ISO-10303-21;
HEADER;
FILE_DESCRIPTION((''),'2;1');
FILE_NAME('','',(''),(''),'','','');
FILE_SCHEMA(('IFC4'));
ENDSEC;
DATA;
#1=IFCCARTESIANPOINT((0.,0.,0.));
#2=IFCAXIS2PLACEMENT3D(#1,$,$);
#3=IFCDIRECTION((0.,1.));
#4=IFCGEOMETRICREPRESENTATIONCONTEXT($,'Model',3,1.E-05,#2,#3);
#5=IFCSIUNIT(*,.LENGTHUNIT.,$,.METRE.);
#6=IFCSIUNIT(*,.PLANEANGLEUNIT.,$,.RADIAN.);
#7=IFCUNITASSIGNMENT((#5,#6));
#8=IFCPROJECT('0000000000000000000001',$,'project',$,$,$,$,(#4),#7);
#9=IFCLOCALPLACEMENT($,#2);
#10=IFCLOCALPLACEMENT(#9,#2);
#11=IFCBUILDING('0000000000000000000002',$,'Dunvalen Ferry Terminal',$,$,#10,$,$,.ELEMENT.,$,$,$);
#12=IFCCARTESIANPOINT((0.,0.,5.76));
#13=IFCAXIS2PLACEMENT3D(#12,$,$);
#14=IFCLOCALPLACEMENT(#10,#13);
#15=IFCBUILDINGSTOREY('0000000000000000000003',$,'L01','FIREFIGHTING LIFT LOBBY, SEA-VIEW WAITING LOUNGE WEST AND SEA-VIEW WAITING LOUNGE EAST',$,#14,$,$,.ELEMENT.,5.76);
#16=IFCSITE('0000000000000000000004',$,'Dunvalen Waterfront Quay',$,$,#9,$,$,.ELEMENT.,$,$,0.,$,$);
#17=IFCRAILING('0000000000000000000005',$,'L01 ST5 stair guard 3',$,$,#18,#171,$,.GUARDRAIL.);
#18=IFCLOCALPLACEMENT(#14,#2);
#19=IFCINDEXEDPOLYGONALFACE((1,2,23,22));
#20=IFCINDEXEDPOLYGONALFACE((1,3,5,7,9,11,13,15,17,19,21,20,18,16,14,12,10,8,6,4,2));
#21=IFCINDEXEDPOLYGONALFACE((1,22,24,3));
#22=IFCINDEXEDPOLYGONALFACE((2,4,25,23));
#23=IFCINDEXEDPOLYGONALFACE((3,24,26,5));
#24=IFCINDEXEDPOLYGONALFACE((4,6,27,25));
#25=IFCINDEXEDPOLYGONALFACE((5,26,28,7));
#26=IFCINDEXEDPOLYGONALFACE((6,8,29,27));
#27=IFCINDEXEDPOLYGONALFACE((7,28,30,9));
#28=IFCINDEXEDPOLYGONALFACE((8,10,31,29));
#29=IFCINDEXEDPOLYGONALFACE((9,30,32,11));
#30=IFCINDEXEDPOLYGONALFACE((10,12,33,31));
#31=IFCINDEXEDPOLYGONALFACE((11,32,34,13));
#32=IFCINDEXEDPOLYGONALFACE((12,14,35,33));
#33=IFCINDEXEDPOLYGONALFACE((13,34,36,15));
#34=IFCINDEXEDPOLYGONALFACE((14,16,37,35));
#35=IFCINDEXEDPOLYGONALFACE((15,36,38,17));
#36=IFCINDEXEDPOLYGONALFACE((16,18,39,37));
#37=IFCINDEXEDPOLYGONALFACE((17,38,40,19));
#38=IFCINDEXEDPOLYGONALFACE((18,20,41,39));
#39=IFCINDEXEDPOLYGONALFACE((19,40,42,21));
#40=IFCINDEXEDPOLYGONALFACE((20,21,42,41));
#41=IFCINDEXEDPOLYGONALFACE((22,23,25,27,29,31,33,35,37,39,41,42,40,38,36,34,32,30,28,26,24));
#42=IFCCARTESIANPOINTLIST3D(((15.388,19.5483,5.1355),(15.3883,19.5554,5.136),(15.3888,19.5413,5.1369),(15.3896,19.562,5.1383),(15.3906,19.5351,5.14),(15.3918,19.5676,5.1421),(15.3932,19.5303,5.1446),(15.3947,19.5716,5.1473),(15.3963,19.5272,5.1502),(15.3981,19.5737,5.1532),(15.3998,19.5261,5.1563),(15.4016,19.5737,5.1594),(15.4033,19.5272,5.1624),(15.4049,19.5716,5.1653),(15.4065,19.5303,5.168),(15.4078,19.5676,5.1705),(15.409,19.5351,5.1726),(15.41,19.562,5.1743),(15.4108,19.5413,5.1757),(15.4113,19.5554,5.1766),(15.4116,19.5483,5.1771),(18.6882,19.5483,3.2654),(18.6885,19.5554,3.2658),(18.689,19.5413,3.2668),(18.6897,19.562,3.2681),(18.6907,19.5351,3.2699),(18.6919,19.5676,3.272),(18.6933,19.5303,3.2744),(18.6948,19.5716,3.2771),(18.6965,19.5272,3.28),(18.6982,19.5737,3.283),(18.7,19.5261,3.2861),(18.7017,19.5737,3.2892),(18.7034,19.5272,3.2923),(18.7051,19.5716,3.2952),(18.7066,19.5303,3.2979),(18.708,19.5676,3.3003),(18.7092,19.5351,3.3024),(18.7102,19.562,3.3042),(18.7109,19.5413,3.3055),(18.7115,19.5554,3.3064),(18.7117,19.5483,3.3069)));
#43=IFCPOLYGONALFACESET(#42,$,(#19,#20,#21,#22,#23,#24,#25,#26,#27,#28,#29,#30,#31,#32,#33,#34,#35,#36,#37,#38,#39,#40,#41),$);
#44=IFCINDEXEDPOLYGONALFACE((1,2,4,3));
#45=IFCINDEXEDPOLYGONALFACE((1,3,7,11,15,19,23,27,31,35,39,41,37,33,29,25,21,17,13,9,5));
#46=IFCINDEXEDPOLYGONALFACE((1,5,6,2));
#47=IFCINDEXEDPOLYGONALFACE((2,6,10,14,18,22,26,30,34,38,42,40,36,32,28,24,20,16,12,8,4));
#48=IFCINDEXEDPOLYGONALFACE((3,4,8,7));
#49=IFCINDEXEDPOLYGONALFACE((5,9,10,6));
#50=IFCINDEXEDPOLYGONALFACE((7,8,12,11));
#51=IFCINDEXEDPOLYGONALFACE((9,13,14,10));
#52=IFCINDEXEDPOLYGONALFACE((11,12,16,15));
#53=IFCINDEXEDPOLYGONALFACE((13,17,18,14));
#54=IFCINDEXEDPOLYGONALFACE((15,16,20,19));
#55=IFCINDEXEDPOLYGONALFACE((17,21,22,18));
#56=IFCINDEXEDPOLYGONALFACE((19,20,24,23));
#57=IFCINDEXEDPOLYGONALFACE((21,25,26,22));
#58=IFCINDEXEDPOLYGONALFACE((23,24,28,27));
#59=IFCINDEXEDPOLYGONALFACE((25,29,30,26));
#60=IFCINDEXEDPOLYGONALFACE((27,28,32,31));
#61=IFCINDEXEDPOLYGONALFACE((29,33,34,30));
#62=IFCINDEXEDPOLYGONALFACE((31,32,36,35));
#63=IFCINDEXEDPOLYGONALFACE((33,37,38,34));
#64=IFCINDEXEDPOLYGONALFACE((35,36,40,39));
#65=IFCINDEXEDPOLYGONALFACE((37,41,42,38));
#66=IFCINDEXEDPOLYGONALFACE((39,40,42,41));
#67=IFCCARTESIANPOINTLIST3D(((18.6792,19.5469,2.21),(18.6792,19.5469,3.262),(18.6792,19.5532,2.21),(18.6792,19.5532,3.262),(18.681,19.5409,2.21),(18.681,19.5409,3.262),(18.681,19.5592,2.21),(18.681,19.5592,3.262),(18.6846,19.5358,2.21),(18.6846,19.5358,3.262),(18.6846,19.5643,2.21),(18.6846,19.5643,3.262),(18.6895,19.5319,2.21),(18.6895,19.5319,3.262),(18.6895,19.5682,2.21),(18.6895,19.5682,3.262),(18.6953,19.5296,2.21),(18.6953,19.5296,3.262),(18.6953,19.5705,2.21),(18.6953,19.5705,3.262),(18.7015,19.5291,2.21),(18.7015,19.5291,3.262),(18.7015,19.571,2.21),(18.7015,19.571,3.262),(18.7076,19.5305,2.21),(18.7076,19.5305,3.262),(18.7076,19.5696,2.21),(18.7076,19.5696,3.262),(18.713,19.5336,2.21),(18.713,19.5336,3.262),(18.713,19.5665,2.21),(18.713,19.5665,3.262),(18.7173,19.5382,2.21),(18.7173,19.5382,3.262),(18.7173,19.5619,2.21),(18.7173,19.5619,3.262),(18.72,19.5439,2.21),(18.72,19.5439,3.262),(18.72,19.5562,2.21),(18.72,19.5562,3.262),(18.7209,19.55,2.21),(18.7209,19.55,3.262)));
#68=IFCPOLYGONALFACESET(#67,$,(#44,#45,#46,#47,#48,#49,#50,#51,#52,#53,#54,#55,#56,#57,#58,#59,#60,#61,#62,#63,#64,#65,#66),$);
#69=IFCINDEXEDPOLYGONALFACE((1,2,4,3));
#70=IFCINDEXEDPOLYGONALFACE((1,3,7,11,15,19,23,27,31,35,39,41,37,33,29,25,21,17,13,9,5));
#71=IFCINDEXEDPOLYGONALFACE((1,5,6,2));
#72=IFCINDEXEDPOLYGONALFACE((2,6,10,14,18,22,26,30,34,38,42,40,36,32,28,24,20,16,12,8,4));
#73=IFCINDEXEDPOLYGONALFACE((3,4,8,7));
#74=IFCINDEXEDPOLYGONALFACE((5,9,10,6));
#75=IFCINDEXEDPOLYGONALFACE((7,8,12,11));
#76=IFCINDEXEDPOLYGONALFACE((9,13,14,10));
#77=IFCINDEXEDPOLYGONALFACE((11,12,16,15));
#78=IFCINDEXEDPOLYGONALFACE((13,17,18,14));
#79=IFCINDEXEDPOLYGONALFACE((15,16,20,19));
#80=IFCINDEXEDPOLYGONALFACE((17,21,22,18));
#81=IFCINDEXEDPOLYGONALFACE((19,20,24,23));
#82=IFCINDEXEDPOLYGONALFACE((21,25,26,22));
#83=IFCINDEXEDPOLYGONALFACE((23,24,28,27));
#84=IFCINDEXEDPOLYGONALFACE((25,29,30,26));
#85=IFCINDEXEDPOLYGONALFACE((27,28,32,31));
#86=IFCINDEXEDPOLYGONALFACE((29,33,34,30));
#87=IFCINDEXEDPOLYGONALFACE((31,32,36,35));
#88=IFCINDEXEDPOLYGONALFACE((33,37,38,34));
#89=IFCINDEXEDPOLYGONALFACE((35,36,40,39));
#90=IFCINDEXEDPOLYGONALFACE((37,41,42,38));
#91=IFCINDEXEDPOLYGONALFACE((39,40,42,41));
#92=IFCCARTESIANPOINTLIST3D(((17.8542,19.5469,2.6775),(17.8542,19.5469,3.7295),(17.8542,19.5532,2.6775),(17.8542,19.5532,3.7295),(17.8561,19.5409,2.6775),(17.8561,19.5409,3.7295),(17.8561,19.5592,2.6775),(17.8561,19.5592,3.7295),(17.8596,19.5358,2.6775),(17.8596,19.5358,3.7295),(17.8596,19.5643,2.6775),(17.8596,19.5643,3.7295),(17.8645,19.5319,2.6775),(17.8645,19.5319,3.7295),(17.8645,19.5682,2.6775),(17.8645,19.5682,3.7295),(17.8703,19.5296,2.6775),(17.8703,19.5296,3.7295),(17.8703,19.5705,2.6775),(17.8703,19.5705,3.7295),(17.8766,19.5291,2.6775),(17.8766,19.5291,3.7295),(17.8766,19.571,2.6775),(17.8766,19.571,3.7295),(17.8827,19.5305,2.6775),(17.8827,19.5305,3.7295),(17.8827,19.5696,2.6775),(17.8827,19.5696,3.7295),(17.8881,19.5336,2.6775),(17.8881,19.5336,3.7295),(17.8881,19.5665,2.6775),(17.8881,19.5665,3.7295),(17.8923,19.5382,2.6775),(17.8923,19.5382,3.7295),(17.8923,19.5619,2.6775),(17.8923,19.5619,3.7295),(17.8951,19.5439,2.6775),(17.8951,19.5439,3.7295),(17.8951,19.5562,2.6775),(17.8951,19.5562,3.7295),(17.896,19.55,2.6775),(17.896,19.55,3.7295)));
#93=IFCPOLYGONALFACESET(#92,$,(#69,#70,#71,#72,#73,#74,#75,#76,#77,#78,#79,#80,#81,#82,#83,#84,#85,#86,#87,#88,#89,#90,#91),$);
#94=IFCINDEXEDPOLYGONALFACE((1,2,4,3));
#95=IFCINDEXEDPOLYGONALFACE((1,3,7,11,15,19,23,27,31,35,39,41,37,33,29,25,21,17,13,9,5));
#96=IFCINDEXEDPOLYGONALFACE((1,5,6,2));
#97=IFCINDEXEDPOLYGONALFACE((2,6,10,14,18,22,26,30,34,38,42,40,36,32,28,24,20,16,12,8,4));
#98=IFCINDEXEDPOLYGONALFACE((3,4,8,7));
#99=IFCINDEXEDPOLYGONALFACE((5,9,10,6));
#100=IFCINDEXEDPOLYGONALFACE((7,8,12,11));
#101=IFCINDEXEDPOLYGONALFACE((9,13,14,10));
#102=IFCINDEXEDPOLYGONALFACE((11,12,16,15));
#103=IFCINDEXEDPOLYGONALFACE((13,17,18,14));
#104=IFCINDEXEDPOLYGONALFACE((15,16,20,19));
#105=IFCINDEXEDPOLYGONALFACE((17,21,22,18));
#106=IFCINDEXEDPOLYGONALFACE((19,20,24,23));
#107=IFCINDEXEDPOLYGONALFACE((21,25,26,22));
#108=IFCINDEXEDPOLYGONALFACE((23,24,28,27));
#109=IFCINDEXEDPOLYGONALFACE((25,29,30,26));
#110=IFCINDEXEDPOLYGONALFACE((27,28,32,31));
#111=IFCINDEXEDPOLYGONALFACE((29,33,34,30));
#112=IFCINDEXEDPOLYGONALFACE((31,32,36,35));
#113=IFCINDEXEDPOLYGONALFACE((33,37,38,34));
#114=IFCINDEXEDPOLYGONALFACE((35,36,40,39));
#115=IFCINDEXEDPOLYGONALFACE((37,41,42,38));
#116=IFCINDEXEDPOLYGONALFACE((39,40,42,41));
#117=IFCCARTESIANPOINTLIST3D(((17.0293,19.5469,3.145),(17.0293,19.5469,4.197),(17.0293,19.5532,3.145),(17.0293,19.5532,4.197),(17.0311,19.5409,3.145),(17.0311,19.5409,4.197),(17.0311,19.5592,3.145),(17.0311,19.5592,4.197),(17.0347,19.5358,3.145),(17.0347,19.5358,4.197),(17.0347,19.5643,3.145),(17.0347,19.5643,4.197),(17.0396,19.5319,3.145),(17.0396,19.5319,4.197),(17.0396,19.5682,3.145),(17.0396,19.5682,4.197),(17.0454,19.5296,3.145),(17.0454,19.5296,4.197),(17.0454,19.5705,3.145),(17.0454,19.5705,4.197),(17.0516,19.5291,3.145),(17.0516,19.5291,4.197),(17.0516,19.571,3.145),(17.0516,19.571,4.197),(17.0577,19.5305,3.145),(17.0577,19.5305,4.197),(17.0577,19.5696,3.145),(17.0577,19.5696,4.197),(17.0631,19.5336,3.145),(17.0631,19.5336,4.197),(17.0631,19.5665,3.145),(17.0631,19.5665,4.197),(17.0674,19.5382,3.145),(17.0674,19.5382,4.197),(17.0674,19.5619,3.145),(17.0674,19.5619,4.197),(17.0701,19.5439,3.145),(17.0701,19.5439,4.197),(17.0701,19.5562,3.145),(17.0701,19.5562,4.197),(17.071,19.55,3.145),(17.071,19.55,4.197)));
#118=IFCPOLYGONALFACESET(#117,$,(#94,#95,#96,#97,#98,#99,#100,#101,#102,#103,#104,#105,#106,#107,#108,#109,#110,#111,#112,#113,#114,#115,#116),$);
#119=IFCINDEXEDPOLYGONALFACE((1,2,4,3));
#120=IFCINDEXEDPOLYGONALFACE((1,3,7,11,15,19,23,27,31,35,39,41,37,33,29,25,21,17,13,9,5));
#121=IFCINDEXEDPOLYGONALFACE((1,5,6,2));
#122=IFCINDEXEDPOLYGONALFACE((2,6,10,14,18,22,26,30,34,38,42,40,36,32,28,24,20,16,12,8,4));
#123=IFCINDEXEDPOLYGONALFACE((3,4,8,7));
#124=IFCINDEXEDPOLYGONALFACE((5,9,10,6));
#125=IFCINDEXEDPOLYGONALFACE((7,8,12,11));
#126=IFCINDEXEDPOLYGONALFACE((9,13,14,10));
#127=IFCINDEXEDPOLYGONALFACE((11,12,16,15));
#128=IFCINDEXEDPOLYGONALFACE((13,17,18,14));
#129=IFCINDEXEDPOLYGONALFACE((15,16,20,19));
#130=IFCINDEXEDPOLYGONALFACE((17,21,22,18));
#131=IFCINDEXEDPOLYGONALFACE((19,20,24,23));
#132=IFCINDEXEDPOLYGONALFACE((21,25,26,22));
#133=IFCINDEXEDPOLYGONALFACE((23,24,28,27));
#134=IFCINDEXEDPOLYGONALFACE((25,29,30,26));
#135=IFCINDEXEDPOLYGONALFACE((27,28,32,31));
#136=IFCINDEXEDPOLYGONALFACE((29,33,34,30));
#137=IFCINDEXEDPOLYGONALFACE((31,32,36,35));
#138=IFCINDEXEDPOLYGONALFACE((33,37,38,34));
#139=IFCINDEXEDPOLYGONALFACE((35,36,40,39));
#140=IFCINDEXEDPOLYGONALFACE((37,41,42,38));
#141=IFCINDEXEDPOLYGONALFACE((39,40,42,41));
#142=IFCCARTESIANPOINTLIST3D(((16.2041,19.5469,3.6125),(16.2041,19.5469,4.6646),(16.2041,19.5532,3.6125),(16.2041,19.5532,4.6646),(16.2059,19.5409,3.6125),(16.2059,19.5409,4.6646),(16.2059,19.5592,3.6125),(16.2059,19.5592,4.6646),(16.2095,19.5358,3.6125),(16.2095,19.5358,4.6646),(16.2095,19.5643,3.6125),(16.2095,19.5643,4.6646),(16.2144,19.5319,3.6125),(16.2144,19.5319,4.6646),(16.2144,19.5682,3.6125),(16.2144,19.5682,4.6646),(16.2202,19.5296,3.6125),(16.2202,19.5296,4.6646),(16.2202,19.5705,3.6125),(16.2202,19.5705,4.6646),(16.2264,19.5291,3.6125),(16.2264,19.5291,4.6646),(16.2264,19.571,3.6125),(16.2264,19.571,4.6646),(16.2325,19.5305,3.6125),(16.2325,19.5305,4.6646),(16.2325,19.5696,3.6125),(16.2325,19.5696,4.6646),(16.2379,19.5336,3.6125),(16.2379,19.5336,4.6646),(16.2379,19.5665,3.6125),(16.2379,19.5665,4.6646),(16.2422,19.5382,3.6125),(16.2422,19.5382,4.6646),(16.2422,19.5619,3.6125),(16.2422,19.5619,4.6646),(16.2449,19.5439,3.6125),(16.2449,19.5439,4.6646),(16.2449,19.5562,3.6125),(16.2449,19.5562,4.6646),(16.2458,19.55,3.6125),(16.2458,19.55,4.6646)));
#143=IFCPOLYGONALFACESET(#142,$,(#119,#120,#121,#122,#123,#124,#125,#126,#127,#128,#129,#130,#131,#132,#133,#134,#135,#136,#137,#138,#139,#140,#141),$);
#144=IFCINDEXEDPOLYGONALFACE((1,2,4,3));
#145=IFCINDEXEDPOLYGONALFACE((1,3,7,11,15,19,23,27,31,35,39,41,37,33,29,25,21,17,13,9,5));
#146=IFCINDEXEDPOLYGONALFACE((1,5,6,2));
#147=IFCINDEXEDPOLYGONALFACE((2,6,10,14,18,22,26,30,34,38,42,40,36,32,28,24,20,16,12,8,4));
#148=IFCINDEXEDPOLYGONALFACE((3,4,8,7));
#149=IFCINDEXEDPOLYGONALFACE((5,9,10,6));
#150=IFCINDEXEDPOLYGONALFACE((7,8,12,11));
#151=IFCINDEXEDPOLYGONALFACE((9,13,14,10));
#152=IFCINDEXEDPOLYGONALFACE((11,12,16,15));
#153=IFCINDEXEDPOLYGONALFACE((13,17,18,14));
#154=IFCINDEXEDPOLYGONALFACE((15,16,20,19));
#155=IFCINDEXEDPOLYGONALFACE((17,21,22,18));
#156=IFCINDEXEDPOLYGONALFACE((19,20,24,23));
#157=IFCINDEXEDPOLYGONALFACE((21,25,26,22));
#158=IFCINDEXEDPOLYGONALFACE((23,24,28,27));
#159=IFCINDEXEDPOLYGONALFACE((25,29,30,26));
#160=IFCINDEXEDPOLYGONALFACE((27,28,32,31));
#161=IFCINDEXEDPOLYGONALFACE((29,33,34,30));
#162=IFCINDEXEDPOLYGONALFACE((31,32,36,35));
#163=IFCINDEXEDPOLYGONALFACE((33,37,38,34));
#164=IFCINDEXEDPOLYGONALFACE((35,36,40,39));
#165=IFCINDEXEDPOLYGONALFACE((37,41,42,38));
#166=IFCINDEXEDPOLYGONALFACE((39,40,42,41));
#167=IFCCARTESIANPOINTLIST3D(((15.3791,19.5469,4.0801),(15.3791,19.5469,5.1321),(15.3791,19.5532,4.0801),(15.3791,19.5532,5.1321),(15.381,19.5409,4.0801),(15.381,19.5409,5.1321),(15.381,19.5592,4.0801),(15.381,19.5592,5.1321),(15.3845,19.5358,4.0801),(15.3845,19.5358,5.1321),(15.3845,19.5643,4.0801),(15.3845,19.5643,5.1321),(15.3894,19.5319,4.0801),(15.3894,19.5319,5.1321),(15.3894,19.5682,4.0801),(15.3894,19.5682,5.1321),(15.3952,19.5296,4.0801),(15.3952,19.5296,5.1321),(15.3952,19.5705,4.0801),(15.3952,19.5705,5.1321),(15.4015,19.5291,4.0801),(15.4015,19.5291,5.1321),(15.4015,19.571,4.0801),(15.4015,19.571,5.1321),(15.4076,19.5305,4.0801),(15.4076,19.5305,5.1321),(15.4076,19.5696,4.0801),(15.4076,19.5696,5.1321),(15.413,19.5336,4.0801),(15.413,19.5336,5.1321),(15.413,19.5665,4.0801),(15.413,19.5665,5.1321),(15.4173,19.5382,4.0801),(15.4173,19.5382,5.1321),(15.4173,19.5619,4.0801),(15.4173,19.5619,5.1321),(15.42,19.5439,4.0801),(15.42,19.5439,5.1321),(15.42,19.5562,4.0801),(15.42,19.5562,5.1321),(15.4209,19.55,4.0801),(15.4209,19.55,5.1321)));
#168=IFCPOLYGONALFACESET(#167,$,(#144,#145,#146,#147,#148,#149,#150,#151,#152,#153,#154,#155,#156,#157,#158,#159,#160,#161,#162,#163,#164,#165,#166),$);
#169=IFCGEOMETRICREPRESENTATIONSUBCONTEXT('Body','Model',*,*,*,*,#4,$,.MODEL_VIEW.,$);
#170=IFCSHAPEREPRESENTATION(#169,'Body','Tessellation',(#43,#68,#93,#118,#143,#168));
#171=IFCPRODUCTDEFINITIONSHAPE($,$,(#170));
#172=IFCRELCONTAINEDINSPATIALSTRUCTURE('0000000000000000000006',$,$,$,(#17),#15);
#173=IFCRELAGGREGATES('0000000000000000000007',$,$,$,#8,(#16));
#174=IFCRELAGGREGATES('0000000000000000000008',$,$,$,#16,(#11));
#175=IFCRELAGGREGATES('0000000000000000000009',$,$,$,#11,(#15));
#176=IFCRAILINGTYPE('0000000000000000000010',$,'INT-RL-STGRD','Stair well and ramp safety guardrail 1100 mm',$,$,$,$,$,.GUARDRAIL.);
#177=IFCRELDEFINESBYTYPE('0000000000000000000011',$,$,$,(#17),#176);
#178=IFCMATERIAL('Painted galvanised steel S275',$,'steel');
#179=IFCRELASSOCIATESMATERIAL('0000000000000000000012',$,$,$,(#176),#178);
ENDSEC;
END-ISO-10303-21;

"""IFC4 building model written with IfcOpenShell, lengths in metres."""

from ifc_helpers import new_model, si_unit, direction, frame, origin, origin_2d, place, context, subcontext, project, spatial, circle, extrude, material, type_object, element, save


model = new_model("IFC4")

# Units and contexts
model_context = context("Model", 3, precision=1e-05, world=origin(), true_north=direction((0.0, 1.0)))
body_context = subcontext(model_context, "Body", "Model", "MODEL_VIEW")
ifc_project = project(units=[si_unit("LENGTHUNIT", "METRE"), si_unit("PLANEANGLEUNIT", "RADIAN")], contexts=[model_context])

# Site, building, storey
site_placement = place(None, origin())
site = spatial("IfcSite", under=ifc_project, at=site_placement, Name="Dunvalen Waterfront Quay", CompositionType="ELEMENT", RefElevation=0.0)
building_placement = place(site_placement, origin())
building = spatial("IfcBuilding", under=site, at=building_placement, Name="Dunvalen Ferry Terminal", CompositionType="ELEMENT")
storey_placement = place(building_placement, frame((0.0, 0.0, 5.76)))
storey = spatial("IfcBuildingStorey", under=building, at=storey_placement, Name="L01", Description="FIREFIGHTING LIFT LOBBY, SEA-VIEW WAITING LOUNGE WEST AND SEA-VIEW WAITING LOUNGE EAST", CompositionType="ELEMENT", Elevation=5.76)

# Railing
ifc_material_1 = material(Name="Painted galvanised steel S275", Category="steel")
railing_type_1 = type_object("IfcRailingType", Name="INT-RL-STGRD", Description="Stair well and ramp safety guardrail 1100 mm", PredefinedType="GUARDRAIL", material=ifc_material_1)
railing_1_placement = place(storey_placement, frame((18.7, 19.55, 2.21)))
element("IfcRailing", 1, at=railing_1_placement, inside=storey, type_object=railing_type_1, Name="L01 ST5 stair guard 3", PredefinedType="GUARDRAIL", context=body_context, shape_type="SweptSolid", body=[
    extrude(circle(Radius=0.0239, at=origin_2d()), frame((0.0, 0.0, 1.0762), z_axis=(-0.870012, 0.0, 0.49303), x_axis=(0.0, -1.0, 0.0)), (0.0, 0.0, 1.0), 3.7932),
    extrude(circle(Radius=0.021, at=origin_2d()), origin(), (0.0, 0.0, 1.0), 1.052),
    extrude(circle(Radius=0.021, at=origin_2d()), frame((-0.825, 0.0, 0.4675)), (0.0, 0.0, 1.0), 1.052),
    extrude(circle(Radius=0.021, at=origin_2d()), frame((-1.6499, 0.0, 0.9351)), (0.0, 0.0, 1.0), 1.052),
    extrude(circle(Radius=0.021, at=origin_2d()), frame((-2.4751, 0.0, 1.4026)), (0.0, 0.0, 1.0), 1.052),
    extrude(circle(Radius=0.021, at=origin_2d()), frame((-3.3, 0.0, 1.8701)), (0.0, 0.0, 1.0), 1.052),
])

save(model, "model.ifc")
